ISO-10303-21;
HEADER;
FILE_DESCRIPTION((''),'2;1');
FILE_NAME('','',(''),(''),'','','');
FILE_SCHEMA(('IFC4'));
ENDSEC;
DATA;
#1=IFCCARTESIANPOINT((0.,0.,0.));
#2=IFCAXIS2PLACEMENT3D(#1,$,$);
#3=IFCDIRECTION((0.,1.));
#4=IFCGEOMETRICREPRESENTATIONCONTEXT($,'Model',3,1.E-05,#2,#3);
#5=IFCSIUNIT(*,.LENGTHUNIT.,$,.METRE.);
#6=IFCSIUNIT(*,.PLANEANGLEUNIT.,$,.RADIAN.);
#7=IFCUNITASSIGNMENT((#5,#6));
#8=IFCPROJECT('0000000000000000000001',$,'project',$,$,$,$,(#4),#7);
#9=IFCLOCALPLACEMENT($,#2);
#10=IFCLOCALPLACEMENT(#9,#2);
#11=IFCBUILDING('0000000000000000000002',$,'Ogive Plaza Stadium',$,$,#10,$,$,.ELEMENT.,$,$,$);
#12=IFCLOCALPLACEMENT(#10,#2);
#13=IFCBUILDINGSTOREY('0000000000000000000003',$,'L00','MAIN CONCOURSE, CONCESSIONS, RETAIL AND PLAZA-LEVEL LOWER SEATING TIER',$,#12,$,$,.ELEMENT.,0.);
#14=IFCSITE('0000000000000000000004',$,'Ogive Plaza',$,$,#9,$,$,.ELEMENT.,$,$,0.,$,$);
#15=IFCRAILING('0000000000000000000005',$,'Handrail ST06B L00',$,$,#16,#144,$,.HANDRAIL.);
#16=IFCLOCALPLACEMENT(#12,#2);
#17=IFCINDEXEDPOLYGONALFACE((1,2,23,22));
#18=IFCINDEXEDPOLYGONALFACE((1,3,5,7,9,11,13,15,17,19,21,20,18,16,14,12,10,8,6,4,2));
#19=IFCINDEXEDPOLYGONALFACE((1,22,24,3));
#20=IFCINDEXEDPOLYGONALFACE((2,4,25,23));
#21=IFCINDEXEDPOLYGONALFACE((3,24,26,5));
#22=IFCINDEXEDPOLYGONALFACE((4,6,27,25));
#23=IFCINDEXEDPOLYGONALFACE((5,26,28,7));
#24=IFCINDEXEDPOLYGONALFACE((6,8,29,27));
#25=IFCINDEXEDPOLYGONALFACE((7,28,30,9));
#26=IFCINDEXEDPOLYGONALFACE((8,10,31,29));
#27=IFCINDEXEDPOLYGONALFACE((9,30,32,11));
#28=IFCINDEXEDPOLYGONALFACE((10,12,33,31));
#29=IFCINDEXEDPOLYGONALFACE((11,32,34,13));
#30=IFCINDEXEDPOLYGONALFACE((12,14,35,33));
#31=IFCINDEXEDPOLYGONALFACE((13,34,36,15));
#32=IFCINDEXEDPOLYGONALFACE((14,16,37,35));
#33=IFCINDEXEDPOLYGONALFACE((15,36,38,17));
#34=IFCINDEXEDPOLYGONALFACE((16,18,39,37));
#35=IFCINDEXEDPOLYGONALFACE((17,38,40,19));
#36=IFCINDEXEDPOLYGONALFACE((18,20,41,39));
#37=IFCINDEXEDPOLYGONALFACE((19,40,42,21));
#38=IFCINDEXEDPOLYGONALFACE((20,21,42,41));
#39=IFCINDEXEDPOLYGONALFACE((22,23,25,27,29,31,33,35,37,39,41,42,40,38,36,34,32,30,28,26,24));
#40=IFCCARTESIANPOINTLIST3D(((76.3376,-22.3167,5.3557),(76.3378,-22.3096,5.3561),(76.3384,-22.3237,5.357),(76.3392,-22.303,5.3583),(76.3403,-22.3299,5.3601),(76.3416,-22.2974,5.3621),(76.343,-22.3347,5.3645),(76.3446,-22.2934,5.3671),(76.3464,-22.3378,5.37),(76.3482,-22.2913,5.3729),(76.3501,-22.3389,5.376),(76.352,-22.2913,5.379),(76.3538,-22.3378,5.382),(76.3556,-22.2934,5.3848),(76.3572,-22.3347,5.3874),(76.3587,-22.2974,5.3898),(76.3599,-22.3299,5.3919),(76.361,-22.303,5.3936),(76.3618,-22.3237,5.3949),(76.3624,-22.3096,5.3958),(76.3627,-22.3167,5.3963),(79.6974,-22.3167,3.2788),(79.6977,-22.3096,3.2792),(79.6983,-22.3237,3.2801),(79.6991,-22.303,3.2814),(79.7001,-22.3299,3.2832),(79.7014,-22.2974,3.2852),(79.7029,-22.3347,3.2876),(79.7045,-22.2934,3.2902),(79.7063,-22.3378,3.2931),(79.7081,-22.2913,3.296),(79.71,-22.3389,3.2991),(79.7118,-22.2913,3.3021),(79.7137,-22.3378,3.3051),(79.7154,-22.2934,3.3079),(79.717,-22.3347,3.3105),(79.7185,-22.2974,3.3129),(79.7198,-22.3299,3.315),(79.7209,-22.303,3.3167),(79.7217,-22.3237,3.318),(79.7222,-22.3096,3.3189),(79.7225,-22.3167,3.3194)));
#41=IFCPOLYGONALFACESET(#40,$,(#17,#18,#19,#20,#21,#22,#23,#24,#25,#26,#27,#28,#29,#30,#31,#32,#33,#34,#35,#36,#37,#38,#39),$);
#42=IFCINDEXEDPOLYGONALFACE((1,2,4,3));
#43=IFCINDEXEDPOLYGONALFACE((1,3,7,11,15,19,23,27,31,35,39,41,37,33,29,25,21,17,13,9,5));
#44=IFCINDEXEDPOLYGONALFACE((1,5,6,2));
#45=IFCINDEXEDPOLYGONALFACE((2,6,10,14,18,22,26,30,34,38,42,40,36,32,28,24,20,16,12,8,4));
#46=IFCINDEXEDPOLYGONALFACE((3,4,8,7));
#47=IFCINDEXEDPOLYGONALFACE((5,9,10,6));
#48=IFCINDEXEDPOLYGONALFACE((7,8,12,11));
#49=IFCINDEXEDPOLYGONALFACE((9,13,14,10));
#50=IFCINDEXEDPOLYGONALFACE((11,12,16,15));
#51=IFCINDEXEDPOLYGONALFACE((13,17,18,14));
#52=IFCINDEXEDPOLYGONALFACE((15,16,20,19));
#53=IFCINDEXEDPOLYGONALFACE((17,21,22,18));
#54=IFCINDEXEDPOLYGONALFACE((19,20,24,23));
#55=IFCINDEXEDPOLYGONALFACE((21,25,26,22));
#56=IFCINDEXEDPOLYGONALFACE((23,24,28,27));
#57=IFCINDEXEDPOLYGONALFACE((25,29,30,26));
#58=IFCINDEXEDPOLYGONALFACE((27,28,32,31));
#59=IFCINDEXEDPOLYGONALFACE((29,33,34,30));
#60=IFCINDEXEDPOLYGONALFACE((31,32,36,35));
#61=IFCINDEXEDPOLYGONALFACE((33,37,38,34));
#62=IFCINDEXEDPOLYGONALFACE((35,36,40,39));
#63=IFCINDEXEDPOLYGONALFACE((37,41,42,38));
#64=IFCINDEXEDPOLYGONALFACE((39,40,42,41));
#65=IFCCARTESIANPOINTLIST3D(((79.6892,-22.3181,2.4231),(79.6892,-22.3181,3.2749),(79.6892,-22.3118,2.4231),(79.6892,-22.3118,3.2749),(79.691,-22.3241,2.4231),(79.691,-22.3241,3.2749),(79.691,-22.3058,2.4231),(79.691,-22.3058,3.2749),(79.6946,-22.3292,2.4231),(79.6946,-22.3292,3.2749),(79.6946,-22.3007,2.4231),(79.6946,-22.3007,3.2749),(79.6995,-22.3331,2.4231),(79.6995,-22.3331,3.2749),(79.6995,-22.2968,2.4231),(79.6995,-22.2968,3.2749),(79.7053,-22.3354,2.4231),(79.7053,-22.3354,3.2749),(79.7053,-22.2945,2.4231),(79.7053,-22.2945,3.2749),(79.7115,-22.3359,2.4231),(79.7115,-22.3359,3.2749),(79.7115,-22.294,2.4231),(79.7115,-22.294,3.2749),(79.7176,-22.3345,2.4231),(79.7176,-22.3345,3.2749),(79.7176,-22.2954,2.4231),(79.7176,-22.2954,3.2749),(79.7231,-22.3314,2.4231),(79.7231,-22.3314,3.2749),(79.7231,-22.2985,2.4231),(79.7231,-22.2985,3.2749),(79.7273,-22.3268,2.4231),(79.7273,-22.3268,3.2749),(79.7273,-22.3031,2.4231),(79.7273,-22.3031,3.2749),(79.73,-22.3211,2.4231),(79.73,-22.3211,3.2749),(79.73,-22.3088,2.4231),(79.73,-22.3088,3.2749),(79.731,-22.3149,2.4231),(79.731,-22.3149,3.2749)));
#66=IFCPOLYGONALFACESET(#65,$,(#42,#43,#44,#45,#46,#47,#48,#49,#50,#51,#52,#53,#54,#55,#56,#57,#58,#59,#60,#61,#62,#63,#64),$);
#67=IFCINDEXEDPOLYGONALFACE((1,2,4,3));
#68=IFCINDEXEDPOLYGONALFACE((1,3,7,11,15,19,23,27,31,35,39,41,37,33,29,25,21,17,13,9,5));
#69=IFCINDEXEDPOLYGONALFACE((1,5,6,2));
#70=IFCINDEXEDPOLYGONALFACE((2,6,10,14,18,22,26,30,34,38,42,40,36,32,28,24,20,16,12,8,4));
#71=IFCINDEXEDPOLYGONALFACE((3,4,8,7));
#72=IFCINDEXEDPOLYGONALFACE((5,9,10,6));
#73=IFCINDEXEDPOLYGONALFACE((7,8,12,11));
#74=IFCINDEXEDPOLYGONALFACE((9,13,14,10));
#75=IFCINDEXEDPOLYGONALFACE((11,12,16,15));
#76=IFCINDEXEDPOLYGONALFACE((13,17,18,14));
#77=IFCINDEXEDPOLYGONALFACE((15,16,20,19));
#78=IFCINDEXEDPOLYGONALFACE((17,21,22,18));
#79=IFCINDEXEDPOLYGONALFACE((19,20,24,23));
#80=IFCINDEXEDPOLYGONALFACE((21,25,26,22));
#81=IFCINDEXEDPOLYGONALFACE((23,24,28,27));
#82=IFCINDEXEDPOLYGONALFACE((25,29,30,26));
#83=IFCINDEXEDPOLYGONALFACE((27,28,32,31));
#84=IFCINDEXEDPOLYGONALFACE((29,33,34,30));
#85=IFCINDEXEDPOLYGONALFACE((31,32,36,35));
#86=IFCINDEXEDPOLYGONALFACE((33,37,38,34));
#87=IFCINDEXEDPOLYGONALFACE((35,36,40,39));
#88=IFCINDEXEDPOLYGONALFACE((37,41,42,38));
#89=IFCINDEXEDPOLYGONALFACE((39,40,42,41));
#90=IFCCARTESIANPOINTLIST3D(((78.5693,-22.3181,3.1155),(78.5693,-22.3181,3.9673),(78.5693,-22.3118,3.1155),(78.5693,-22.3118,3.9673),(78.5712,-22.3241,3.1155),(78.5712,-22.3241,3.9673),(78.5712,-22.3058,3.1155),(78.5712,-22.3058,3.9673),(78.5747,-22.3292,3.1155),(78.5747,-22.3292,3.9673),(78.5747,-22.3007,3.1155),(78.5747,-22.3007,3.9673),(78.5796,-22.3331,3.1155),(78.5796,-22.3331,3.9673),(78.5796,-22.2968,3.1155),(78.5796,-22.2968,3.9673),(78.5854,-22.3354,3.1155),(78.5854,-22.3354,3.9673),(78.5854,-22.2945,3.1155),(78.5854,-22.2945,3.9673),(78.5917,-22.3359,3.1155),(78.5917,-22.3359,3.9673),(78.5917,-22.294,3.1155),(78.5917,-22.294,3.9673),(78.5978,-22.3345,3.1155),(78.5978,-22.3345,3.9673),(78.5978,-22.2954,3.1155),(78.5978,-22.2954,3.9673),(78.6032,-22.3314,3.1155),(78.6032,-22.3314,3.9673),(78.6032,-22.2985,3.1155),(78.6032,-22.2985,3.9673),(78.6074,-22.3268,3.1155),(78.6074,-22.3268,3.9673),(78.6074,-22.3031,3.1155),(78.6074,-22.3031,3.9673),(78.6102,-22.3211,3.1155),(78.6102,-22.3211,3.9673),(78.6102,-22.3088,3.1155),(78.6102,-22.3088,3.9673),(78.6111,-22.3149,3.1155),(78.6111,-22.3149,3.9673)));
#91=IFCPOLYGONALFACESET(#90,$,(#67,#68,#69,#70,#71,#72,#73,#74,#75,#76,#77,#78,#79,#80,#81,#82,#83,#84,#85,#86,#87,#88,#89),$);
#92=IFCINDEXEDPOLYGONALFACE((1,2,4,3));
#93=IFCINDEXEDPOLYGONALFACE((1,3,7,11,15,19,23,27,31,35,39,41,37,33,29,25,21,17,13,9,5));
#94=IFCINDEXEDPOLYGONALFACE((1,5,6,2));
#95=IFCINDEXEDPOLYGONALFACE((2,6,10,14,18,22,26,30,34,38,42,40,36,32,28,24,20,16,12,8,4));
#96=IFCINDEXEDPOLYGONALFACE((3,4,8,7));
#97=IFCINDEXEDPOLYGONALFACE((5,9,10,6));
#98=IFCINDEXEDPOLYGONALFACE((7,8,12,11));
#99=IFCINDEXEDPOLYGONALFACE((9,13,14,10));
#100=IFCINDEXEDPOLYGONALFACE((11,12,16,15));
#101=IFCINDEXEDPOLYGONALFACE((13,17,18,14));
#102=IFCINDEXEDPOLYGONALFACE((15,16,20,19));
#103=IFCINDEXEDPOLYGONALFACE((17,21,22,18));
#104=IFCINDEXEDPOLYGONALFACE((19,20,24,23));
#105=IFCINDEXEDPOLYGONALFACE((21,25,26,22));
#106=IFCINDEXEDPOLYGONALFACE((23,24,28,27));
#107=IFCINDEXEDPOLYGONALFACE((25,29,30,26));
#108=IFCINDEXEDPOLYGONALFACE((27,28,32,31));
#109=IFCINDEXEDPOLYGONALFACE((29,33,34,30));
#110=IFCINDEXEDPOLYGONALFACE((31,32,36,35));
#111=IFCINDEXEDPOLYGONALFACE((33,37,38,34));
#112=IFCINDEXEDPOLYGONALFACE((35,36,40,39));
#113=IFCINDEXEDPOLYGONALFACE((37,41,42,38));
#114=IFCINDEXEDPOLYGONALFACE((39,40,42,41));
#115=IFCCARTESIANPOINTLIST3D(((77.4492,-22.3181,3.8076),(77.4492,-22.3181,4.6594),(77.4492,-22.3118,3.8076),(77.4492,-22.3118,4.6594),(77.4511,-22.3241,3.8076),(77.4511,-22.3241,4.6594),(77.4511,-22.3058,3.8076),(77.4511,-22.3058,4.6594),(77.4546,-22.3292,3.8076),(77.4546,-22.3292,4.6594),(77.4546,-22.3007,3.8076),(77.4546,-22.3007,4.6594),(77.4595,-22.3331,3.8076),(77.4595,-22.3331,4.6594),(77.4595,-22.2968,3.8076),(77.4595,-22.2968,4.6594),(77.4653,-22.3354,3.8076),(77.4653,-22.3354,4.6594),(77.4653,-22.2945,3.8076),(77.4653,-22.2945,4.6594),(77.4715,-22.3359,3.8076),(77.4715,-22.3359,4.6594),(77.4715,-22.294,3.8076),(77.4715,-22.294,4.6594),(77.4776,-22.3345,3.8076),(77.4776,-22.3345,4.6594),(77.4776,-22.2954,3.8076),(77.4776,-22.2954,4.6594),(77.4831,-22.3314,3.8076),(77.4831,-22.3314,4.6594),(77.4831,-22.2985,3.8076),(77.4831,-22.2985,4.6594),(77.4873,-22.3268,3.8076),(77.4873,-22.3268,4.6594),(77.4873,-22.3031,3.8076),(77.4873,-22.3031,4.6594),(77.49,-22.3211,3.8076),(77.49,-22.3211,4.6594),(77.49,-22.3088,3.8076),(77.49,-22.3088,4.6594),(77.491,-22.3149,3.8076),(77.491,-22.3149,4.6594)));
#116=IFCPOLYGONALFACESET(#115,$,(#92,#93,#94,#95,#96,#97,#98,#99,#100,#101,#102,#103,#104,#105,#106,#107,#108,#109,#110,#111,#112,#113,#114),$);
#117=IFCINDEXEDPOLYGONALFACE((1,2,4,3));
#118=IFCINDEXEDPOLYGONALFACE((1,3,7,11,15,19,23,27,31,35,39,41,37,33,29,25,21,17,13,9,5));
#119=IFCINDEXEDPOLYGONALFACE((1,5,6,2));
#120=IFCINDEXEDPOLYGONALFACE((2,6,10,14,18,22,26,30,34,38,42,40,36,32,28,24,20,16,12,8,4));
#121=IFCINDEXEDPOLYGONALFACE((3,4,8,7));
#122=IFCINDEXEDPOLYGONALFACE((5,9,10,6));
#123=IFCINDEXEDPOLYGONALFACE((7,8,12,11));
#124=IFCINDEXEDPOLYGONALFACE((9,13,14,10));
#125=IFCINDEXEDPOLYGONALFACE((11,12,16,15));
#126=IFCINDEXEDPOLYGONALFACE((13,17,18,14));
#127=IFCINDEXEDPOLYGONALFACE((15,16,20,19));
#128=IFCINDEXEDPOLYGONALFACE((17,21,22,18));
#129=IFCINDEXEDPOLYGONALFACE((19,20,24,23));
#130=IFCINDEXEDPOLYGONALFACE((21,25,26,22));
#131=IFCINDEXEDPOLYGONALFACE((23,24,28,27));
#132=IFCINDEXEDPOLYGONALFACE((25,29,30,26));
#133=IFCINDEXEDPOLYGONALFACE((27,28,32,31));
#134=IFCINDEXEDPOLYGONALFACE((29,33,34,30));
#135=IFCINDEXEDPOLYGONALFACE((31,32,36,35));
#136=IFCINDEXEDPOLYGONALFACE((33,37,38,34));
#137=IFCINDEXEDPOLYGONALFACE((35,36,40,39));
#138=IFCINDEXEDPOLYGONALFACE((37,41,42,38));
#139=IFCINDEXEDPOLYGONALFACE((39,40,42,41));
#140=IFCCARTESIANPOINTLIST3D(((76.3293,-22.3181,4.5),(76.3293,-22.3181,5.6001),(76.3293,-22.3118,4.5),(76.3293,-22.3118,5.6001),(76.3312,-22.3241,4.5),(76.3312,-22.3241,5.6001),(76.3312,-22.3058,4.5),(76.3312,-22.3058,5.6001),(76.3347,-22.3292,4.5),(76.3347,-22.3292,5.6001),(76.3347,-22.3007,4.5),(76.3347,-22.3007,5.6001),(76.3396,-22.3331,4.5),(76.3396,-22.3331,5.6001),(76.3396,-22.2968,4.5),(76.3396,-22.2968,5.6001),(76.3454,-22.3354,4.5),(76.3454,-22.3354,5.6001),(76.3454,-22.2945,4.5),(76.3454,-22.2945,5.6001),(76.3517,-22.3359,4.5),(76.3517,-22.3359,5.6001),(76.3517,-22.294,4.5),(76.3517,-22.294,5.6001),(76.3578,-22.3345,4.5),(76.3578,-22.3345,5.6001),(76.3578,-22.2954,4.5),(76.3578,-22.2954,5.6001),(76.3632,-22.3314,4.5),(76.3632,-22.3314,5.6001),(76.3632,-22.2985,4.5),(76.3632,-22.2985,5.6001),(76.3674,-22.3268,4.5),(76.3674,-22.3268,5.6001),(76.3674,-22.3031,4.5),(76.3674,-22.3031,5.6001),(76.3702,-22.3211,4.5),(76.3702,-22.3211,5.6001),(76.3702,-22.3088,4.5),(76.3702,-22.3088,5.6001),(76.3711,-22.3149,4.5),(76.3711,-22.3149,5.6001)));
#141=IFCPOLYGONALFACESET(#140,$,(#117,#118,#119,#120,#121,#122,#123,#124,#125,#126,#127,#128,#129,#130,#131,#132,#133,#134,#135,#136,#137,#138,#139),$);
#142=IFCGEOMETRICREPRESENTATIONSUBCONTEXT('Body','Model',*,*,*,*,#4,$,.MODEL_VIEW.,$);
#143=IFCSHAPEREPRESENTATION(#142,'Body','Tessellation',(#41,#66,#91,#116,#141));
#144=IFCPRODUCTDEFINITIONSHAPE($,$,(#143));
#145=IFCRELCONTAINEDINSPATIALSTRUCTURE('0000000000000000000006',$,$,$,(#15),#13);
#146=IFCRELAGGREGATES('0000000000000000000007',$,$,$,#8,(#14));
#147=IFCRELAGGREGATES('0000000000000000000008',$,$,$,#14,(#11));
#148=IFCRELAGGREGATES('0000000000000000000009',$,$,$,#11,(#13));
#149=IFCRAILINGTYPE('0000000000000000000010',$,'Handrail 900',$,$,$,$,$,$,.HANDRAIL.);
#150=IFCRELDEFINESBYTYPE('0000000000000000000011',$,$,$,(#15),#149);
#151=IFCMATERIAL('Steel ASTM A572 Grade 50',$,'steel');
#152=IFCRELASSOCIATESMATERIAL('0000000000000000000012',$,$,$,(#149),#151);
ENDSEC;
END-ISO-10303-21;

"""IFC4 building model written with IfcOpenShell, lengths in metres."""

from ifc_helpers import new_model, si_unit, direction, frame, origin, origin_2d, place, context, subcontext, project, spatial, circle, extrude, material, type_object, element, save


model = new_model("IFC4")

# Units and contexts
model_context = context("Model", 3, precision=1e-05, world=origin(), true_north=direction((0.0, 1.0)))
body_context = subcontext(model_context, "Body", "Model", "MODEL_VIEW")
ifc_project = project(units=[si_unit("LENGTHUNIT", "METRE"), si_unit("PLANEANGLEUNIT", "RADIAN")], contexts=[model_context])

# Site, building, storey
site_placement = place(None, origin())
site = spatial("IfcSite", under=ifc_project, at=site_placement, Name="Ogive Plaza", CompositionType="ELEMENT", RefElevation=0.0)
building_placement = place(site_placement, origin())
building = spatial("IfcBuilding", under=site, at=building_placement, Name="Ogive Plaza Stadium", CompositionType="ELEMENT")
storey_placement = place(building_placement, origin())
storey = spatial("IfcBuildingStorey", under=building, at=storey_placement, Name="L00", Description="MAIN CONCOURSE, CONCESSIONS, RETAIL AND PLAZA-LEVEL LOWER SEATING TIER", CompositionType="ELEMENT", Elevation=0.0)

# Railing
ifc_material_1 = material(Name="Steel ASTM A572 Grade 50", Category="steel")
railing_type_1 = type_object("IfcRailingType", Name="Handrail 900", PredefinedType="HANDRAIL", material=ifc_material_1)
for number, where, name in (
    (1, (79.71, -22.3149, 2.4231), "Handrail ST06B L00"),
):
    element("IfcRailing", number, at=place(storey_placement, frame(where)), inside=storey, type_object=railing_type_1, Name=name, PredefinedType="HANDRAIL", context=body_context, shape_type="SweptSolid", body=[
        extrude(circle(Radius=0.0239, at=origin_2d()), frame((0.0, 0.0, 0.876), z_axis=(-0.850606, 0.0, 0.525803), x_axis=(0.0, -1.0, 0.0)), (0.0, 0.0, 1.0), 3.95),
        extrude(circle(Radius=0.021, at=origin_2d()), origin(), (0.0, 0.0, 1.0), 0.8518),
        extrude(circle(Radius=0.021, at=origin_2d()), frame((-1.1199, 0.0, 0.6924)), (0.0, 0.0, 1.0), 0.8518),
        extrude(circle(Radius=0.021, at=origin_2d()), frame((-2.24, 0.0, 1.3845)), (0.0, 0.0, 1.0), 0.8518),
        extrude(circle(Radius=0.021, at=origin_2d()), frame((-3.3599, 0.0, 2.0769)), (0.0, 0.0, 1.0), 1.1001),
    ])

save(model, "model.ifc")
